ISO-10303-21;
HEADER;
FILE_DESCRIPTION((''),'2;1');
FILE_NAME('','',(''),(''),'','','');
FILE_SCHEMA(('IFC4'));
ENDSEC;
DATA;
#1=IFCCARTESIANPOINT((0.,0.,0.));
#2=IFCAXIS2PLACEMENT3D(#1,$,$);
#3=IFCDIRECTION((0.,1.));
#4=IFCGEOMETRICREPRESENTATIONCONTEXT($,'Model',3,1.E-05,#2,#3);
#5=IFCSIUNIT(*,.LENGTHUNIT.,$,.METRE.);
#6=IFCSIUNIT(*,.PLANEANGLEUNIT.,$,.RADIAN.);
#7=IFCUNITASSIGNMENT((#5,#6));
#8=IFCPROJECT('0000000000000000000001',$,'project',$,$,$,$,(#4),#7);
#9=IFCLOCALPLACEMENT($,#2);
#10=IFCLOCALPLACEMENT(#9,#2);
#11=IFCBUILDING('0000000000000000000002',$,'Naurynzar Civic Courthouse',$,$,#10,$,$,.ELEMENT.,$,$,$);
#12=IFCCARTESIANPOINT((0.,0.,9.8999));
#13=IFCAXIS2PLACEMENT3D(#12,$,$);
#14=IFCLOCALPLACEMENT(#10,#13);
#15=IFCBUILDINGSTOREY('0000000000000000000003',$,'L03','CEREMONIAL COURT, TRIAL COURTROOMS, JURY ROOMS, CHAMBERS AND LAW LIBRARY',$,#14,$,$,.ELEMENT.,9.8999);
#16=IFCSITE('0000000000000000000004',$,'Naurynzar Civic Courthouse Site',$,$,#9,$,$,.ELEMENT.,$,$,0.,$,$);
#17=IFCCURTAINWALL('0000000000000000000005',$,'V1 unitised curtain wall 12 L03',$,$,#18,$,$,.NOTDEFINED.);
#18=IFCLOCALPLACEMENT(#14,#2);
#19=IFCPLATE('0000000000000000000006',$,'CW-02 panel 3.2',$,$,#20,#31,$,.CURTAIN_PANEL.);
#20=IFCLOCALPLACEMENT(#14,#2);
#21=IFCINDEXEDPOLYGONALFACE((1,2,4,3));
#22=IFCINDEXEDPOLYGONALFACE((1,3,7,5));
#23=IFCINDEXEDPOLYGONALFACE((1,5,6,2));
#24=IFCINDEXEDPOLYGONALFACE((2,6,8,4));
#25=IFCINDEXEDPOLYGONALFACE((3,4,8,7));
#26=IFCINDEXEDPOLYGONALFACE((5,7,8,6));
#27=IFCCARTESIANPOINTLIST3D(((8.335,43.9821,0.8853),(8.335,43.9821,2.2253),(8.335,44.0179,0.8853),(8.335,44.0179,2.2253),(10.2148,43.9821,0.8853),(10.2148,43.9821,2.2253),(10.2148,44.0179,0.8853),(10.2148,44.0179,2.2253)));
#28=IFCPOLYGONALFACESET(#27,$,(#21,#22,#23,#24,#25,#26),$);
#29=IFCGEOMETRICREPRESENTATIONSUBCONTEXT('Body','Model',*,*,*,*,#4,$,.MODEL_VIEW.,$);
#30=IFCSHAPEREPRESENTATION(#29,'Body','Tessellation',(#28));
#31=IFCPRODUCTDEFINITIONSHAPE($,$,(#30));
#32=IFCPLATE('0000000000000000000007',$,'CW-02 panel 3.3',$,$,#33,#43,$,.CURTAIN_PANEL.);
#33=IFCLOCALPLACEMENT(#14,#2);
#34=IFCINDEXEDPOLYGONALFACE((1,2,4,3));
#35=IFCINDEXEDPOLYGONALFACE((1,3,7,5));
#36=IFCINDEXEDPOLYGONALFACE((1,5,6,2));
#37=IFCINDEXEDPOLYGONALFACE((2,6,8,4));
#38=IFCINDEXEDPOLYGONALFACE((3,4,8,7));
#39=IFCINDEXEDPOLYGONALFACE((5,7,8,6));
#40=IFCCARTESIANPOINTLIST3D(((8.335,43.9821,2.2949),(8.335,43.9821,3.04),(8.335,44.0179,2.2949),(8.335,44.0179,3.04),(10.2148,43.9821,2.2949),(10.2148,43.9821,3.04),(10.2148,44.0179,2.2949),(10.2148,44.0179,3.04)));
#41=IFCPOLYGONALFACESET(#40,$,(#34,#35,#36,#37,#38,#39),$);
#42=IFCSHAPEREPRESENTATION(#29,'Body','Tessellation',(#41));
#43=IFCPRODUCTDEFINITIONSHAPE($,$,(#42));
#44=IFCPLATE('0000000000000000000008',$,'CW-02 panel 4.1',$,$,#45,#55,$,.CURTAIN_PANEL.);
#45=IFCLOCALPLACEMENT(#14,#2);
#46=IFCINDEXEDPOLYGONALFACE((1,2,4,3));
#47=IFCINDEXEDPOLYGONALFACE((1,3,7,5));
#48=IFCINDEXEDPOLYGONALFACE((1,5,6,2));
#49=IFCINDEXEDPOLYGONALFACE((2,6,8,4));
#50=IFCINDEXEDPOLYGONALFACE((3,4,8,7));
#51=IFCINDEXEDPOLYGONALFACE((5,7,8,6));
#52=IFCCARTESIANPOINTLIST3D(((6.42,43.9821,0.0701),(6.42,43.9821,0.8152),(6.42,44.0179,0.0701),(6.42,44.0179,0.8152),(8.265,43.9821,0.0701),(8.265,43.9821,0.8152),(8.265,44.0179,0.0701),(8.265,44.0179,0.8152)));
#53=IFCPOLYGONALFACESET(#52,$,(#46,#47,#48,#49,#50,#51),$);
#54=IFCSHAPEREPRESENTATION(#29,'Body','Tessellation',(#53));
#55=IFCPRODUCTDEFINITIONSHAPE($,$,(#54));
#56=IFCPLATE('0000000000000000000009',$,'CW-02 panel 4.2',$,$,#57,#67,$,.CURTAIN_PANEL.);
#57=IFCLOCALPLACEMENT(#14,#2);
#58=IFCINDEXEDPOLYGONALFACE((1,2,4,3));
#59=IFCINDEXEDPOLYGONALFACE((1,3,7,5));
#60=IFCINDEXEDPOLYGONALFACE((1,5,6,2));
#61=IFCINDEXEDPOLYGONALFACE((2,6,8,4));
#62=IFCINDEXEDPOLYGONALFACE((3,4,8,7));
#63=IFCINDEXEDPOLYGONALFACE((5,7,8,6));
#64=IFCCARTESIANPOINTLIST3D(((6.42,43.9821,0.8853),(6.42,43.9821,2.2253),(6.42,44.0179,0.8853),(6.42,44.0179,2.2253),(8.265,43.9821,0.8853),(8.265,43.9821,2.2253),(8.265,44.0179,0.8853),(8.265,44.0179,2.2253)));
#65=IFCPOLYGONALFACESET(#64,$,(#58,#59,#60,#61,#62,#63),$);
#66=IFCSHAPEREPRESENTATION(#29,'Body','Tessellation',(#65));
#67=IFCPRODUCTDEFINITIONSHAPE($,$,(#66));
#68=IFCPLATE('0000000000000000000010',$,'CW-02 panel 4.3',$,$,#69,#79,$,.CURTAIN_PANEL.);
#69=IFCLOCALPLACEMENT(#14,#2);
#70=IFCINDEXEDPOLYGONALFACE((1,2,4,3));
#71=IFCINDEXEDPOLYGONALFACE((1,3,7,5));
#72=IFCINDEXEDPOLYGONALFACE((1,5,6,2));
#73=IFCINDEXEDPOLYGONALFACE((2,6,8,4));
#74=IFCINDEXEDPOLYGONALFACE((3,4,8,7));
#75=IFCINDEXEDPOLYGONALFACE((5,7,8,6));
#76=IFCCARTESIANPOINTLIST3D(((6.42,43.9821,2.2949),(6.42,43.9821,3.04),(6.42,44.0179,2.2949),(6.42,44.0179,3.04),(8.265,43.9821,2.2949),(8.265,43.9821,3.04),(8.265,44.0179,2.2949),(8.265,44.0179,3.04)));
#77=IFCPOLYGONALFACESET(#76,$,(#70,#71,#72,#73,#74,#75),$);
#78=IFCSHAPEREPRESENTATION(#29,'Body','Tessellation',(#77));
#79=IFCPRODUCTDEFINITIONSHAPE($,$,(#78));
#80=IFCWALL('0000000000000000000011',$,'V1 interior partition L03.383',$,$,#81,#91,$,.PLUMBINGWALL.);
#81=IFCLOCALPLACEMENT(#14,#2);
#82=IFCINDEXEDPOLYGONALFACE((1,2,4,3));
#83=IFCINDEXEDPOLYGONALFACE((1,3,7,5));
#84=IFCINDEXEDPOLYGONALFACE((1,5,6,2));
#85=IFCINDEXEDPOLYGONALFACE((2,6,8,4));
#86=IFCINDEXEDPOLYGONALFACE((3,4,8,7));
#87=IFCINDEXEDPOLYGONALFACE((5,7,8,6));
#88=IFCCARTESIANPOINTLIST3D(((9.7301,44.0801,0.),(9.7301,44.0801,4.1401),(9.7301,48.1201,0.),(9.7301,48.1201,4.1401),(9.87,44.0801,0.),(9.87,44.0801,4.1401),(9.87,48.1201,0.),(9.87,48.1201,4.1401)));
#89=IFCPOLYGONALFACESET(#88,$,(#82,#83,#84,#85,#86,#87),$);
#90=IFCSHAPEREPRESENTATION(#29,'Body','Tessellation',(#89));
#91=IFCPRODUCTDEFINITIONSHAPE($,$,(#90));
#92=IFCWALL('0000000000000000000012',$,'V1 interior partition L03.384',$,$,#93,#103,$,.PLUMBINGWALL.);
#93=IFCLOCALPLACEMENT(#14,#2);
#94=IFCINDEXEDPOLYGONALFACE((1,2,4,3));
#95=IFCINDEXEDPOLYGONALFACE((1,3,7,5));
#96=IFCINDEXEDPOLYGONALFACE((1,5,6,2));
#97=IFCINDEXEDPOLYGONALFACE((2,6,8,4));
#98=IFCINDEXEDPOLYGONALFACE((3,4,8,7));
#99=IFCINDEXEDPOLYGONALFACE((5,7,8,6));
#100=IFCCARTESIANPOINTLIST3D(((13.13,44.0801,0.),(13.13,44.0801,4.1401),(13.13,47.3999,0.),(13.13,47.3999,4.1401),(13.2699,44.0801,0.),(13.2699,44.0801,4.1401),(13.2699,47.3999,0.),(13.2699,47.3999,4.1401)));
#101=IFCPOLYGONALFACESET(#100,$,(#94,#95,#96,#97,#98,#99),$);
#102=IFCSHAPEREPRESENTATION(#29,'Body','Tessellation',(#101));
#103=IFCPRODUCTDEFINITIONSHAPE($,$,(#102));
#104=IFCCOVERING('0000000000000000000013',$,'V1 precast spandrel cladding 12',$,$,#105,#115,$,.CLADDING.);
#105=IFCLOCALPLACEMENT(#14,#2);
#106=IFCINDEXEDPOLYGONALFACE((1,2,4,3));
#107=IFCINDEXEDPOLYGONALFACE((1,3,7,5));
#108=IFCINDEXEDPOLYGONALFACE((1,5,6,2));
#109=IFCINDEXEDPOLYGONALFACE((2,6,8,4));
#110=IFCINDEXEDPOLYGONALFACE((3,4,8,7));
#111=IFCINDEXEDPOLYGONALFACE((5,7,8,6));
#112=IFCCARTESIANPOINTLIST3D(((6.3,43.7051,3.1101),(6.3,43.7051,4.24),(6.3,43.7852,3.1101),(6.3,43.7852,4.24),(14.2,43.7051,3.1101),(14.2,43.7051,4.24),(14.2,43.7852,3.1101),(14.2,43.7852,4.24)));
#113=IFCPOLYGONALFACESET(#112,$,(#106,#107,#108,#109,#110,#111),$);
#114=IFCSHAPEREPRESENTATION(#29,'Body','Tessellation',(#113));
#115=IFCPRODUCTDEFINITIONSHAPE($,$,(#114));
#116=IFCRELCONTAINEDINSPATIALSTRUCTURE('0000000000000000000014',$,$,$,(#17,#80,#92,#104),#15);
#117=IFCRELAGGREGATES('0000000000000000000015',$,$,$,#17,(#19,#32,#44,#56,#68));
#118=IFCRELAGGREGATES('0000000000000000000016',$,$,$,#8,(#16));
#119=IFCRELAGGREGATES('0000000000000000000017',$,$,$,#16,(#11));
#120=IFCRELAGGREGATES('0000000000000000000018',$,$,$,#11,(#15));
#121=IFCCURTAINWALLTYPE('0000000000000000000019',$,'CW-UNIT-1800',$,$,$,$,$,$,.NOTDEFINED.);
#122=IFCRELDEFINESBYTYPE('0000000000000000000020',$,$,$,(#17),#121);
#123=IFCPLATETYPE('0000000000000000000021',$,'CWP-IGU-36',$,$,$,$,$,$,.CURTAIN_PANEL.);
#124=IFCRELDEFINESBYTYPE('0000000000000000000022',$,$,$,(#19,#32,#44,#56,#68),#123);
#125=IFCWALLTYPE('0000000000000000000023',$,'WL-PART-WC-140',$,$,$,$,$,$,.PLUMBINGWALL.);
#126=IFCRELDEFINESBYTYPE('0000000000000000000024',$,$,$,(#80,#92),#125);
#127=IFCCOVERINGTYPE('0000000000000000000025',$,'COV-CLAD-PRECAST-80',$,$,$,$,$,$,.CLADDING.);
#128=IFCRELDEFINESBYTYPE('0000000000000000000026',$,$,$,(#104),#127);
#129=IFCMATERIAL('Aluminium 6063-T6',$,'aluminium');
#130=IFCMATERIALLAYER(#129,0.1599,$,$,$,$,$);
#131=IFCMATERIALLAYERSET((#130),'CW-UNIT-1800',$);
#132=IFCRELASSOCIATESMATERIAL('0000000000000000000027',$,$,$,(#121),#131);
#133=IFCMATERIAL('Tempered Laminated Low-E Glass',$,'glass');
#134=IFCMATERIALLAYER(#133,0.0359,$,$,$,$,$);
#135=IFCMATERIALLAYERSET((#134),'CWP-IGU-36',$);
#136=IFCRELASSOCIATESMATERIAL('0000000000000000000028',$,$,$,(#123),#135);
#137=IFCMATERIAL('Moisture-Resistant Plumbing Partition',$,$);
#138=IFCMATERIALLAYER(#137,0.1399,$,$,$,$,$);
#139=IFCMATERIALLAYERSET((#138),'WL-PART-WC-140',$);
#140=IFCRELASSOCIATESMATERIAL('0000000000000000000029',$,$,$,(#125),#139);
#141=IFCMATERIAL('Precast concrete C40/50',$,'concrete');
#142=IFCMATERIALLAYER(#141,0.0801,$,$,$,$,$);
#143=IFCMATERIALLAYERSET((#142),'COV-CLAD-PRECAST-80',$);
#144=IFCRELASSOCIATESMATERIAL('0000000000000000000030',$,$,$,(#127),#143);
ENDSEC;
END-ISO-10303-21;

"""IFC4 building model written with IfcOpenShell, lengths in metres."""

from ifc_helpers import new_model, si_unit, direction, frame, frame_2d, origin, origin_2d, place, context, subcontext, project, spatial, rectangle, extrude, material, layer, layer_set, type_object, element, aggregate, save


model = new_model("IFC4")

# Units and contexts
model_context = context("Model", 3, precision=1e-05, world=origin(), true_north=direction((0.0, 1.0)))
body_context = subcontext(model_context, "Body", "Model", "MODEL_VIEW")
ifc_project = project(units=[si_unit("LENGTHUNIT", "METRE"), si_unit("PLANEANGLEUNIT", "RADIAN")], contexts=[model_context])

# Site, building, storey
site_placement = place(None, origin())
site = spatial("IfcSite", under=ifc_project, at=site_placement, Name="Naurynzar Civic Courthouse Site", CompositionType="ELEMENT", RefElevation=0.0)
building_placement = place(site_placement, origin())
building = spatial("IfcBuilding", under=site, at=building_placement, Name="Naurynzar Civic Courthouse", CompositionType="ELEMENT")
storey_placement = place(building_placement, frame((0.0, 0.0, 9.8999)))
storey = spatial("IfcBuildingStorey", under=building, at=storey_placement, Name="L03", Description="CEREMONIAL COURT, TRIAL COURTROOMS, JURY ROOMS, CHAMBERS AND LAW LIBRARY", CompositionType="ELEMENT", Elevation=9.8999)

# Shared definitions
ifc_material_1 = material(Name="Aluminium 6063-T6", Category="aluminium")
ifc_layer_1 = layer(ifc_material_1, 0.1599)
ifc_layer_set_1 = layer_set([ifc_layer_1], Name="CW-UNIT-1800")
curtain_wall_type = type_object("IfcCurtainWallType", Name="CW-UNIT-1800", PredefinedType="NOTDEFINED", material=ifc_layer_set_1)

# Curtain wall
curtain_wall_1_placement = place(storey_placement, origin())
curtain_wall_1 = element("IfcCurtainWall", 1, at=curtain_wall_1_placement, inside=storey, type_object=curtain_wall_type, Name="V1 unitised curtain wall 12 L03", PredefinedType="NOTDEFINED")

# Plates
ifc_material_2 = material(Name="Tempered Laminated Low-E Glass", Category="glass")
ifc_layer_2 = layer(ifc_material_2, 0.0359)
ifc_layer_set_2 = layer_set([ifc_layer_2], Name="CWP-IGU-36")
plate_type = type_object("IfcPlateType", Name="CWP-IGU-36", PredefinedType="CURTAIN_PANEL", material=ifc_layer_set_2)
plate_1_placement = place(storey_placement, frame((9.2749, 44.0, 0.8853), z_axis=(0.0, 0.0, 1.0), x_axis=(-1.0, 0.0, 0.0)))
plate_1 = element("IfcPlate", 2, at=plate_1_placement, type_object=plate_type, Name="CW-02 panel 3.2", PredefinedType="CURTAIN_PANEL", context=body_context, shape_type="SweptSolid", body=[
    extrude(rectangle(XDim=1.8799, YDim=0.0359, at=origin_2d()), origin(), (0.0, 0.0, 1.0), 1.3401),
])
plate_2_placement = place(storey_placement, frame((9.2749, 44.0, 2.2949), z_axis=(0.0, 0.0, 1.0), x_axis=(-1.0, 0.0, 0.0)))
plate_2 = element("IfcPlate", 3, at=plate_2_placement, type_object=plate_type, Name="CW-02 panel 3.3", PredefinedType="CURTAIN_PANEL", context=body_context, shape_type="SweptSolid", body=[
    extrude(rectangle(XDim=1.8799, YDim=0.0359, at=origin_2d()), origin(), (0.0, 0.0, 1.0), 0.7451),
])
plate_3_placement = place(storey_placement, frame((7.3425, 44.0, 0.0701), z_axis=(0.0, 0.0, 1.0), x_axis=(-1.0, 0.0, 0.0)))
plate_3 = element("IfcPlate", 4, at=plate_3_placement, type_object=plate_type, Name="CW-02 panel 4.1", PredefinedType="CURTAIN_PANEL", context=body_context, shape_type="SweptSolid", body=[
    extrude(rectangle(XDim=1.845, YDim=0.0359, at=origin_2d()), origin(), (0.0, 0.0, 1.0), 0.7451),
])
plate_4_placement = place(storey_placement, frame((7.3425, 44.0, 0.8853), z_axis=(0.0, 0.0, 1.0), x_axis=(-1.0, 0.0, 0.0)))
plate_4 = element("IfcPlate", 5, at=plate_4_placement, type_object=plate_type, Name="CW-02 panel 4.2", PredefinedType="CURTAIN_PANEL", context=body_context, shape_type="SweptSolid", body=[
    extrude(rectangle(XDim=1.845, YDim=0.0359, at=origin_2d()), origin(), (0.0, 0.0, 1.0), 1.3401),
])
plate_5_placement = place(storey_placement, frame((7.3425, 44.0, 2.2949), z_axis=(0.0, 0.0, 1.0), x_axis=(-1.0, 0.0, 0.0)))
plate_5 = element("IfcPlate", 6, at=plate_5_placement, type_object=plate_type, Name="CW-02 panel 4.3", PredefinedType="CURTAIN_PANEL", context=body_context, shape_type="SweptSolid", body=[
    extrude(rectangle(XDim=1.845, YDim=0.0359, at=origin_2d()), origin(), (0.0, 0.0, 1.0), 0.7451),
])
aggregate(curtain_wall_1, [plate_1, plate_2, plate_3, plate_4, plate_5])

# Walls
ifc_material_3 = material(Name="Moisture-Resistant Plumbing Partition")
ifc_layer_3 = layer(ifc_material_3, 0.1399)
ifc_layer_set_3 = layer_set([ifc_layer_3], Name="WL-PART-WC-140")
wall_type = type_object("IfcWallType", Name="WL-PART-WC-140", PredefinedType="PLUMBINGWALL", material=ifc_layer_set_3)
wall_1_placement = place(storey_placement, frame((9.8, 44.0801, 0.0), z_axis=(0.0, 0.0, 1.0), x_axis=(0.0, 1.0, 0.0)))
element("IfcWall", 7, at=wall_1_placement, inside=storey, type_object=wall_type, Name="V1 interior partition L03.383", PredefinedType="PLUMBINGWALL", context=body_context, shape_type="SweptSolid", body=[
    extrude(rectangle(XDim=4.04, YDim=0.1399, at=frame_2d((2.02, 0.0))), origin(), (0.0, 0.0, 1.0), 4.1401),
])
wall_2_placement = place(storey_placement, frame((13.2, 44.0801, 0.0), z_axis=(0.0, 0.0, 1.0), x_axis=(0.0, 1.0, 0.0)))
element("IfcWall", 8, at=wall_2_placement, inside=storey, type_object=wall_type, Name="V1 interior partition L03.384", PredefinedType="PLUMBINGWALL", context=body_context, shape_type="SweptSolid", body=[
    extrude(rectangle(XDim=3.3198, YDim=0.1399, at=frame_2d((1.6599, 0.0))), origin(), (0.0, 0.0, 1.0), 4.1401),
])

# Covering
ifc_material_4 = material(Name="Precast concrete C40/50", Category="concrete")
ifc_layer_4 = layer(ifc_material_4, 0.0801)
ifc_layer_set_4 = layer_set([ifc_layer_4], Name="COV-CLAD-PRECAST-80")
covering_type = type_object("IfcCoveringType", Name="COV-CLAD-PRECAST-80", PredefinedType="CLADDING", material=ifc_layer_set_4)
covering_placement = place(storey_placement, frame((10.25, 43.7451, 3.1101), z_axis=(0.0, 0.0, 1.0), x_axis=(-1.0, 0.0, 0.0)))
element("IfcCovering", 9, at=covering_placement, inside=storey, type_object=covering_type, Name="V1 precast spandrel cladding 12", PredefinedType="CLADDING", context=body_context, shape_type="SweptSolid", body=[
    extrude(rectangle(XDim=7.8999, YDim=0.0801, at=origin_2d()), origin(), (0.0, 0.0, 1.0), 1.1299),
])

save(model, "model.ifc")
